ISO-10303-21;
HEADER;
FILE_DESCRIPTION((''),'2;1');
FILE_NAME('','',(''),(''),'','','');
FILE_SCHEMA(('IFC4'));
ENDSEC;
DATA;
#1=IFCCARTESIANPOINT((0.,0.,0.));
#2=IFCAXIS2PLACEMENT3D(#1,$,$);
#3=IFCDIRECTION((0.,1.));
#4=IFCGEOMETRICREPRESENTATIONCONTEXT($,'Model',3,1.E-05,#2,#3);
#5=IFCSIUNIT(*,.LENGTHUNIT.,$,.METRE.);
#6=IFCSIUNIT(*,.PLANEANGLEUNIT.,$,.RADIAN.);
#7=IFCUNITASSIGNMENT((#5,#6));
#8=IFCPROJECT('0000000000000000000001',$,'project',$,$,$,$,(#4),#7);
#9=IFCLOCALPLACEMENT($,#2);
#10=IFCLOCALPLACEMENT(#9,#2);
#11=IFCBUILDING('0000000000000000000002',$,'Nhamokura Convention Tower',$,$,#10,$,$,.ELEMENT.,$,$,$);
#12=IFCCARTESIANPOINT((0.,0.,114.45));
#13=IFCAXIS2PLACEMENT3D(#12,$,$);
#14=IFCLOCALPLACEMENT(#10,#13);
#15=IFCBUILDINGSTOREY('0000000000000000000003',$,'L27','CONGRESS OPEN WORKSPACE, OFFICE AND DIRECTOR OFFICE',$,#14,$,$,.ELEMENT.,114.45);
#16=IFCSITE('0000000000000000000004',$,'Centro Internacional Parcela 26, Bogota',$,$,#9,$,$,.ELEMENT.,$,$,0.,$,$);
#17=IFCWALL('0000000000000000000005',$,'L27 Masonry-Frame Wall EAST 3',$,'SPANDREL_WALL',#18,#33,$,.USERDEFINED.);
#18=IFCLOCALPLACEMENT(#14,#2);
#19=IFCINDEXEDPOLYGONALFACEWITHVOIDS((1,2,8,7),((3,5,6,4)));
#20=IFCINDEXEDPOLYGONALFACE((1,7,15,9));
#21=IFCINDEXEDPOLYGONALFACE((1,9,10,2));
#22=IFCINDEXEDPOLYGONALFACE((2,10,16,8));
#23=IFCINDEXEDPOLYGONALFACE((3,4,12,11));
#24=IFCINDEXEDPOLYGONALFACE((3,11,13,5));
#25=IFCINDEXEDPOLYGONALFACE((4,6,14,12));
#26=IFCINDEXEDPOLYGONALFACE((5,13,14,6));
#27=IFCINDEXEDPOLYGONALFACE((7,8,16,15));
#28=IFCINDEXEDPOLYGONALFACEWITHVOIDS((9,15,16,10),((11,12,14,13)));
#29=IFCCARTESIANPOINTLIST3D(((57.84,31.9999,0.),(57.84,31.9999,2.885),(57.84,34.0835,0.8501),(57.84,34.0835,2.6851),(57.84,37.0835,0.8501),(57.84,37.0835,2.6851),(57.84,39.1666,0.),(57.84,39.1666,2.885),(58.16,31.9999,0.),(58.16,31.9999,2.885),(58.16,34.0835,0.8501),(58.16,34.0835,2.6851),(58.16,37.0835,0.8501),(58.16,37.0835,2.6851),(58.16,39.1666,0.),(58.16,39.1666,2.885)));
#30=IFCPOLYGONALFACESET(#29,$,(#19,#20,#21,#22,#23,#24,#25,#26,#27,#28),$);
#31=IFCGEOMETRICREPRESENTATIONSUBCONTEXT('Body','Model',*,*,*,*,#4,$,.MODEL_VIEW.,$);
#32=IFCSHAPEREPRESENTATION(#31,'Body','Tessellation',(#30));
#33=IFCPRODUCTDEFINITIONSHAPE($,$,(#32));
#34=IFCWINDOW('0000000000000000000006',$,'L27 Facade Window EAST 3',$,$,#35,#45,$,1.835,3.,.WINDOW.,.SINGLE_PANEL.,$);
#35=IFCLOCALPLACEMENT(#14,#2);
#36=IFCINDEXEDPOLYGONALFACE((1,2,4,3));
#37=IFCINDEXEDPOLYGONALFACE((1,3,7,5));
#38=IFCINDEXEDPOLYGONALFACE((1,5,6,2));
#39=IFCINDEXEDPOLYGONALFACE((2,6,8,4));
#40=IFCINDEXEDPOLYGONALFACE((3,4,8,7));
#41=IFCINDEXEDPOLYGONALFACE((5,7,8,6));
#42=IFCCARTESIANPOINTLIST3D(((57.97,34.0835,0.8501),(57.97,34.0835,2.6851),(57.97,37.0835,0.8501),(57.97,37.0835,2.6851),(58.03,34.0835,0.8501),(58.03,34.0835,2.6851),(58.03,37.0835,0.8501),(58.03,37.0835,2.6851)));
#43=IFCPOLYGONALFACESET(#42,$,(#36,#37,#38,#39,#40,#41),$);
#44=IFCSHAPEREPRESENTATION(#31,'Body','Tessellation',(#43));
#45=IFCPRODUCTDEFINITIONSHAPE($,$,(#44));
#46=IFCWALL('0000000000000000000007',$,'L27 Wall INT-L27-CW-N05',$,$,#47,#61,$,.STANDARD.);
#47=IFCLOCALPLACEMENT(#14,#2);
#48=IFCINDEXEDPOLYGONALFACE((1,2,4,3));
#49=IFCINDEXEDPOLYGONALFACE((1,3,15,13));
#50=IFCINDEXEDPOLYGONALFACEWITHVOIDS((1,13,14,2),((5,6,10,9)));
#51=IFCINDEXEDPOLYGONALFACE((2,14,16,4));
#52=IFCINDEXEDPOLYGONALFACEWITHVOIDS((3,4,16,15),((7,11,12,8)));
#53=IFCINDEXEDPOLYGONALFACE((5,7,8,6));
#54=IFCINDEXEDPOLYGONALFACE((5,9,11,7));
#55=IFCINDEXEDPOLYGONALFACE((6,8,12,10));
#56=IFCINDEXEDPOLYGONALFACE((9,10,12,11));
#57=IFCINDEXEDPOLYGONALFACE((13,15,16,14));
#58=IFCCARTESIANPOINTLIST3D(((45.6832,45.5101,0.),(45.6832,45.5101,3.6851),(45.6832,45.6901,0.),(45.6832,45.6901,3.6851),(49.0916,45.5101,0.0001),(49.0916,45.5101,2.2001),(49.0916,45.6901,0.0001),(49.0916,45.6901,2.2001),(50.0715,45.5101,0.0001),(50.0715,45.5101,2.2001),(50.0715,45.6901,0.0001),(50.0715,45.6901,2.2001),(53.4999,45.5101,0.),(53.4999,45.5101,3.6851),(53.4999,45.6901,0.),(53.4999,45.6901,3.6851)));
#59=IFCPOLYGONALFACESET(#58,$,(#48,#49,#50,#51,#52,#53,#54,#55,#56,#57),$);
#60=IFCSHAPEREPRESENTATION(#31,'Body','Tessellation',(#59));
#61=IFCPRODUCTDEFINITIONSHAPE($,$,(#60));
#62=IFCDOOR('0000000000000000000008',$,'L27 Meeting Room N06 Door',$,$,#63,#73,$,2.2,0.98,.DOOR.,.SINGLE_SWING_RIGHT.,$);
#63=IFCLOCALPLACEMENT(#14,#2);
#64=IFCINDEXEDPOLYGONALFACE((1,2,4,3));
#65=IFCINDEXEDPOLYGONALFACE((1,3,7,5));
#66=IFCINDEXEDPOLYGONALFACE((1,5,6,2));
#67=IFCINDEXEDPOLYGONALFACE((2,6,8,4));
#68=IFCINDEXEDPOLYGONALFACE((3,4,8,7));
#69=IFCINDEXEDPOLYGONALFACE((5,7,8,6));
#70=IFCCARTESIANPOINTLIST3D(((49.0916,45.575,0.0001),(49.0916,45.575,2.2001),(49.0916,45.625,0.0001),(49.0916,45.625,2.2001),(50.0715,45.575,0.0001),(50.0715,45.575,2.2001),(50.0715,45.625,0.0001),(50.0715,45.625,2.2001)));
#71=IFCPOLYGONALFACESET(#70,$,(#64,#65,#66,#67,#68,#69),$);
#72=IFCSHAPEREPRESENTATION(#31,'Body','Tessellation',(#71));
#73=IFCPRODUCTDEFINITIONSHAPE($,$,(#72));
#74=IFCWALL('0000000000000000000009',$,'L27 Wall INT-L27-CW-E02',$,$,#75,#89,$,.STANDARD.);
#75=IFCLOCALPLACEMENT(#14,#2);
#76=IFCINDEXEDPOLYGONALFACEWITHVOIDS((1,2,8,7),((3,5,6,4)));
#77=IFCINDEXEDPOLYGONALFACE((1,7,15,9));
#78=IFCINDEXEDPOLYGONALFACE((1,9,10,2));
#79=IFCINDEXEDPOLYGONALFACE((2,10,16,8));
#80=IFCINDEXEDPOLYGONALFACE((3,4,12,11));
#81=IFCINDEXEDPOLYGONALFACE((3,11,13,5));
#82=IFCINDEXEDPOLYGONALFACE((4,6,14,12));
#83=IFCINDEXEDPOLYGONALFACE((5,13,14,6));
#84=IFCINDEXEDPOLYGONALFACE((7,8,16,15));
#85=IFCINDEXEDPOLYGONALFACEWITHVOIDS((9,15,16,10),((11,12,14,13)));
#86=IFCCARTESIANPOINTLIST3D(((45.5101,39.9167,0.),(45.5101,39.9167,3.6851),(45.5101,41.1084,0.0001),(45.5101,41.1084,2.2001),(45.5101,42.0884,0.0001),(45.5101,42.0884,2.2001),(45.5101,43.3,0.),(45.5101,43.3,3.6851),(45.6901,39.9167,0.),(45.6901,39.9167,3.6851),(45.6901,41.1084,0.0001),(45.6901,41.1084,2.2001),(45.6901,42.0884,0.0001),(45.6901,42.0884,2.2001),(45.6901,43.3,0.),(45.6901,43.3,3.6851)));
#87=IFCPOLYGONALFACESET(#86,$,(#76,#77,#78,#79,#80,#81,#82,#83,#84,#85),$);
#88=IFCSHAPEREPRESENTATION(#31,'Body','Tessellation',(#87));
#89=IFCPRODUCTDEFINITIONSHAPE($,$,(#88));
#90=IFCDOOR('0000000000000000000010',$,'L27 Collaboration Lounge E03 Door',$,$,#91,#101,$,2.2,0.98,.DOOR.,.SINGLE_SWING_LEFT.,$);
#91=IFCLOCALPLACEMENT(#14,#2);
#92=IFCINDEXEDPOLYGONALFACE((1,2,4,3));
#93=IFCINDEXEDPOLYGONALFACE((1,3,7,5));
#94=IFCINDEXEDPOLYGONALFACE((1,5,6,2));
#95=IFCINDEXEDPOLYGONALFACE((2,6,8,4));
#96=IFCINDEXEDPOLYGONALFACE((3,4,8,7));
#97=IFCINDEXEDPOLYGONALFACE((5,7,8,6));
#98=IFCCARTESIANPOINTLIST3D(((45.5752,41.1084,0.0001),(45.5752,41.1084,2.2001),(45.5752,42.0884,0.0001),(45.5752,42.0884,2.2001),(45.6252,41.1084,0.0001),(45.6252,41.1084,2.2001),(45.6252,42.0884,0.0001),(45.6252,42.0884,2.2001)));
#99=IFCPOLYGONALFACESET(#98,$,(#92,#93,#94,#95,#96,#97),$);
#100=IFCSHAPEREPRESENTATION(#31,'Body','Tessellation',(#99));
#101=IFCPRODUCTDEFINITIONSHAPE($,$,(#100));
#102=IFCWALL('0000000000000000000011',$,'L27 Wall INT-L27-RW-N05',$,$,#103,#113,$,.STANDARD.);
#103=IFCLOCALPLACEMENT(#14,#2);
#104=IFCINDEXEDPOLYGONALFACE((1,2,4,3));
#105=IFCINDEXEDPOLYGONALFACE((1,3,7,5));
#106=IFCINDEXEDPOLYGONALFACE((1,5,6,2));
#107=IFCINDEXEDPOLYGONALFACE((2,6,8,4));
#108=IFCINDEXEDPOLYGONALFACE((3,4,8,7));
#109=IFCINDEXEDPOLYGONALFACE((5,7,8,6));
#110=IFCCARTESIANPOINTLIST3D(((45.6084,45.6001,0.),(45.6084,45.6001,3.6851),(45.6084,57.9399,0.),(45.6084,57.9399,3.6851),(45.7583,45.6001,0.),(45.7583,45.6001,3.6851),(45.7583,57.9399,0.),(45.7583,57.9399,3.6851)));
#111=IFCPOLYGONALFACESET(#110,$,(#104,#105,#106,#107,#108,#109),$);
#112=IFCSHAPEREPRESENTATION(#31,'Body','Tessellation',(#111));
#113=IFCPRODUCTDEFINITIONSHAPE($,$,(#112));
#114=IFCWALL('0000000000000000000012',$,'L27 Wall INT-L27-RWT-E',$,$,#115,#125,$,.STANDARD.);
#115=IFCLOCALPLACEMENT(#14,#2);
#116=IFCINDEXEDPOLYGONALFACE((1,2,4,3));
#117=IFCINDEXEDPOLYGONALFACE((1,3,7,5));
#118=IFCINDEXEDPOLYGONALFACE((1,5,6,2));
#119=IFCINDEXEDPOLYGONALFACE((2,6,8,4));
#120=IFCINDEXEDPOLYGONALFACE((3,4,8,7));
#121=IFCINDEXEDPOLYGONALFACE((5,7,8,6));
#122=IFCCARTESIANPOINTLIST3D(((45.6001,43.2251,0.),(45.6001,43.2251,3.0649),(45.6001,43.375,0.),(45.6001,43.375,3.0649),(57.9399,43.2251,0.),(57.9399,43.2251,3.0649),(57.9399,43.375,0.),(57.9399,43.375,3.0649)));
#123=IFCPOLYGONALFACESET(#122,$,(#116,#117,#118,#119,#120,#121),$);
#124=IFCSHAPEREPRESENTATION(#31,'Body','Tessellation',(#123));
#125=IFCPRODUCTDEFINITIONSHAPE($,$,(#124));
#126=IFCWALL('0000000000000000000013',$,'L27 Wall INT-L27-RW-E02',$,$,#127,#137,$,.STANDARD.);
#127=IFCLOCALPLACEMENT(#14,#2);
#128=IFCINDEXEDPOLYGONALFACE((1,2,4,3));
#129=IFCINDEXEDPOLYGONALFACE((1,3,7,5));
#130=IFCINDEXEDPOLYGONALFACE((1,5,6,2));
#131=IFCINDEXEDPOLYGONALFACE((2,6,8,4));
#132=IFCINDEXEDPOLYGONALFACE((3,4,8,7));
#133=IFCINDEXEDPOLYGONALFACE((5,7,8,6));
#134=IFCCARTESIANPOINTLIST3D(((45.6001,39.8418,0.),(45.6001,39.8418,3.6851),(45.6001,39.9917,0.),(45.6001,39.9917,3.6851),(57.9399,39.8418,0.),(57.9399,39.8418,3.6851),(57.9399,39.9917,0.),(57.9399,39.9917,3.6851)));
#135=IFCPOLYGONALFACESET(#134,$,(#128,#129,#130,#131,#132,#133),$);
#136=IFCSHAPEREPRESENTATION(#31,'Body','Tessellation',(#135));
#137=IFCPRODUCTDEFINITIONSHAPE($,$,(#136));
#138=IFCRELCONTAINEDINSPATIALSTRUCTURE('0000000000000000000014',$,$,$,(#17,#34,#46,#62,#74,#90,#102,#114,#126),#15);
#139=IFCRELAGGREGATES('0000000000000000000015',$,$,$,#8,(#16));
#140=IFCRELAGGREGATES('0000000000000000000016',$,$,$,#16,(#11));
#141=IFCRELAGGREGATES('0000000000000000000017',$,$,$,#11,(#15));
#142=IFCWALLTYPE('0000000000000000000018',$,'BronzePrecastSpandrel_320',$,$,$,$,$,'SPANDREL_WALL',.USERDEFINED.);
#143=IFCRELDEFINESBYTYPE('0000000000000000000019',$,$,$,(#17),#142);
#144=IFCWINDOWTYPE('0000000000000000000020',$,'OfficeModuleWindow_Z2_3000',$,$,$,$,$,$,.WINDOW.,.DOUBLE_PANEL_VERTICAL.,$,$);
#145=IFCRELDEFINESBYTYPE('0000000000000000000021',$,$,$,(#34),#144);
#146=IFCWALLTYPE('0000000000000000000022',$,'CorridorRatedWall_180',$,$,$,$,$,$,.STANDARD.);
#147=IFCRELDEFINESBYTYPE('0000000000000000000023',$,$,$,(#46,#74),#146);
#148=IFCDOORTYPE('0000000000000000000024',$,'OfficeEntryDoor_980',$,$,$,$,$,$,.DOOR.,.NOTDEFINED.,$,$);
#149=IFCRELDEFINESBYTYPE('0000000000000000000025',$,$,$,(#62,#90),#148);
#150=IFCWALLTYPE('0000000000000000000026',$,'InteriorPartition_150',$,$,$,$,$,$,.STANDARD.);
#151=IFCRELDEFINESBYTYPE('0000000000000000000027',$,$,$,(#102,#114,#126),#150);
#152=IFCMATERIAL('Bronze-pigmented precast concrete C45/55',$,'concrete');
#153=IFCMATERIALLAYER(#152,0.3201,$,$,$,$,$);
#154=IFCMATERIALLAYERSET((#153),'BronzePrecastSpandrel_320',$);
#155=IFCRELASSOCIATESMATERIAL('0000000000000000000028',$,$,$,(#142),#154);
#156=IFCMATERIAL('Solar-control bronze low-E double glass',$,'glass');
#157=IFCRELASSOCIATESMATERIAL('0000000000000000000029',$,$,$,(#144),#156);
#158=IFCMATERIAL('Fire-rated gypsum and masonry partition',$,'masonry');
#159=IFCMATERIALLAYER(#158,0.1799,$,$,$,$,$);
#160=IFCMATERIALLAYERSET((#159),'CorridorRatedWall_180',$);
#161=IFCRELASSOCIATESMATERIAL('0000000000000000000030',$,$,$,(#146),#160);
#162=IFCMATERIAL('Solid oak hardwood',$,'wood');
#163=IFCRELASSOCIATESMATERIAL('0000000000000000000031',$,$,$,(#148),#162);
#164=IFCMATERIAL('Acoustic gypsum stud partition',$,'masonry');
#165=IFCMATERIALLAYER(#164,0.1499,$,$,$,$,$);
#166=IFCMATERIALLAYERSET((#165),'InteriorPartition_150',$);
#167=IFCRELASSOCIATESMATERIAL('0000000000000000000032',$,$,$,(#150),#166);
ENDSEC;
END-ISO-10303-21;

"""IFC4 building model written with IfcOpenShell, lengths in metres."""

from ifc_helpers import new_model, si_unit, direction, frame, frame_2d, origin, place, context, subcontext, project, spatial, rectangle, extrude, material, layer, layer_set, type_object, element, fill, save


model = new_model("IFC4")

# Units and contexts
model_context = context("Model", 3, precision=1e-05, world=origin(), true_north=direction((0.0, 1.0)))
body_context = subcontext(model_context, "Body", "Model", "MODEL_VIEW")
ifc_project = project(units=[si_unit("LENGTHUNIT", "METRE"), si_unit("PLANEANGLEUNIT", "RADIAN")], contexts=[model_context])

# Site, building, storey
site_placement = place(None, origin())
site = spatial("IfcSite", under=ifc_project, at=site_placement, Name="Centro Internacional Parcela 26, Bogota", CompositionType="ELEMENT", RefElevation=0.0)
building_placement = place(site_placement, origin())
building = spatial("IfcBuilding", under=site, at=building_placement, Name="Nhamokura Convention Tower", CompositionType="ELEMENT")
storey_placement = place(building_placement, frame((0.0, 0.0, 114.45)))
storey = spatial("IfcBuildingStorey", under=building, at=storey_placement, Name="L27", Description="CONGRESS OPEN WORKSPACE, OFFICE AND DIRECTOR OFFICE", CompositionType="ELEMENT", Elevation=114.45)

# Wall, opening, window
ifc_material_1 = material(Name="Bronze-pigmented precast concrete C45/55", Category="concrete")
ifc_layer_1 = layer(ifc_material_1, 0.3201)
ifc_layer_set_1 = layer_set([ifc_layer_1], Name="BronzePrecastSpandrel_320")
wall_type_1 = type_object("IfcWallType", Name="BronzePrecastSpandrel_320", ElementType="SPANDREL_WALL", PredefinedType="USERDEFINED", material=ifc_layer_set_1)
ifc_material_2 = material(Name="Solar-control bronze low-E double glass", Category="glass")
window_type = type_object("IfcWindowType", Name="OfficeModuleWindow_Z2_3000", PartitioningType="DOUBLE_PANEL_VERTICAL", PredefinedType="WINDOW", material=ifc_material_2)
wall_1_placement = place(storey_placement, frame((58.0, 39.1667, 0.0), z_axis=(0.0, 0.0, 1.0), x_axis=(0.0, -1.0, 0.0)))
wall_1 = element("IfcWall", 1, at=wall_1_placement, inside=storey, type_object=wall_type_1, Name="L27 Masonry-Frame Wall EAST 3", ObjectType="SPANDREL_WALL", PredefinedType="USERDEFINED", context=body_context, shape_type="SweptSolid", body=[
    extrude(rectangle(XDim=7.1667, YDim=0.3201, at=frame_2d((3.5835, 0.0))), origin(), (0.0, 0.0, 1.0), 2.885),
])
opening_1_placement = place(wall_1_placement, frame((2.0833, 0.0, 0.8501)))
opening_1 = element("IfcOpeningElement", 2, at=opening_1_placement, cuts=wall_1, PredefinedType="OPENING", context=body_context, shape_type="SweptSolid", body=[
    extrude(rectangle(XDim=3.0, YDim=1.835, at=frame_2d((1.5, 0.9175))), frame((0.0, 0.1699, 0.0), z_axis=(0.0, -1.0, 0.0), x_axis=(1.0, 0.0, 0.0)), (0.0, 0.0, 1.0), 0.3401),
])
window_1_placement = place(opening_1_placement, origin())
window_1 = element("IfcWindow", 3, at=window_1_placement, inside=storey, type_object=window_type, Name="L27 Facade Window EAST 3", OverallHeight=1.835, OverallWidth=3.0, PartitioningType="SINGLE_PANEL", PredefinedType="WINDOW", context=body_context, shape_type="SweptSolid", body=[
    extrude(rectangle(XDim=3.0, YDim=1.835, at=frame_2d((1.5, 0.9175))), frame((0.0, 0.03, 0.0), z_axis=(0.0, -1.0, 0.0), x_axis=(1.0, 0.0, 0.0)), (0.0, 0.0, 1.0), 0.0601),
])
fill(opening_1, window_1)

# Walls, openings, doors
ifc_material_3 = material(Name="Fire-rated gypsum and masonry partition", Category="masonry")
ifc_layer_2 = layer(ifc_material_3, 0.1799)
ifc_layer_set_2 = layer_set([ifc_layer_2], Name="CorridorRatedWall_180")
wall_type_2 = type_object("IfcWallType", Name="CorridorRatedWall_180", PredefinedType="STANDARD", material=ifc_layer_set_2)
wall_2_placement = place(storey_placement, frame((45.6833, 45.6001, 0.0), z_axis=(0.0, 0.0, 1.0), x_axis=(1.0, 0.0, 0.0)))
wall_2 = element("IfcWall", 4, at=wall_2_placement, inside=storey, type_object=wall_type_2, Name="L27 Wall INT-L27-CW-N05", PredefinedType="STANDARD", context=body_context, shape_type="SweptSolid", body=[
    extrude(rectangle(XDim=7.8167, YDim=0.1799, at=frame_2d((3.9082, 0.0))), origin(), (0.0, 0.0, 1.0), 3.6851),
])
opening_2_placement = place(wall_2_placement, frame((3.4082, 0.0, 0.0)))
opening_2 = element("IfcOpeningElement", 5, at=opening_2_placement, cuts=wall_2, PredefinedType="OPENING", context=body_context, shape_type="SweptSolid", body=[
    extrude(rectangle(XDim=0.98, YDim=2.2, at=frame_2d((0.49, 1.1001))), frame((0.0, 0.0999, 0.0), z_axis=(0.0, -1.0, 0.0), x_axis=(1.0, 0.0, 0.0)), (0.0, 0.0, 1.0), 0.2),
])
ifc_material_4 = material(Name="Solid oak hardwood", Category="wood")
door_type = type_object("IfcDoorType", Name="OfficeEntryDoor_980", OperationType="NOTDEFINED", PredefinedType="DOOR", material=ifc_material_4)
door_1_placement = place(opening_2_placement, origin())
door_1 = element("IfcDoor", 6, at=door_1_placement, inside=storey, type_object=door_type, Name="L27 Meeting Room N06 Door", OperationType="SINGLE_SWING_RIGHT", OverallHeight=2.2, OverallWidth=0.98, PredefinedType="DOOR", context=body_context, shape_type="SweptSolid", body=[
    extrude(rectangle(XDim=0.98, YDim=2.2, at=frame_2d((0.49, 1.1001))), frame((0.0, 0.0249, 0.0), z_axis=(0.0, -1.0, 0.0), x_axis=(1.0, 0.0, 0.0)), (0.0, 0.0, 1.0), 0.05),
])
fill(opening_2, door_1)
wall_3_placement = place(storey_placement, frame((45.6001, 39.9167, 0.0), z_axis=(0.0, 0.0, 1.0), x_axis=(0.0, 1.0, 0.0)))
wall_3 = element("IfcWall", 7, at=wall_3_placement, inside=storey, type_object=wall_type_2, Name="L27 Wall INT-L27-CW-E02", PredefinedType="STANDARD", context=body_context, shape_type="SweptSolid", body=[
    extrude(rectangle(XDim=3.3833, YDim=0.1799, at=frame_2d((1.6917, 0.0))), origin(), (0.0, 0.0, 1.0), 3.6851),
])
opening_3_placement = place(wall_3_placement, frame((1.1917, 0.0, 0.0)))
opening_3 = element("IfcOpeningElement", 8, at=opening_3_placement, cuts=wall_3, PredefinedType="OPENING", context=body_context, shape_type="SweptSolid", body=[
    extrude(rectangle(XDim=0.98, YDim=2.2, at=frame_2d((0.49, 1.1001))), frame((0.0, 0.0999, 0.0), z_axis=(0.0, -1.0, 0.0), x_axis=(1.0, 0.0, 0.0)), (0.0, 0.0, 1.0), 0.2),
])
door_2_placement = place(opening_3_placement, origin())
door_2 = element("IfcDoor", 9, at=door_2_placement, inside=storey, type_object=door_type, Name="L27 Collaboration Lounge E03 Door", OperationType="SINGLE_SWING_LEFT", OverallHeight=2.2, OverallWidth=0.98, PredefinedType="DOOR", context=body_context, shape_type="SweptSolid", body=[
    extrude(rectangle(XDim=0.98, YDim=2.2, at=frame_2d((0.49, 1.1001))), frame((0.0, 0.0249, 0.0), z_axis=(0.0, -1.0, 0.0), x_axis=(1.0, 0.0, 0.0)), (0.0, 0.0, 1.0), 0.05),
])
fill(opening_3, door_2)

# Walls
ifc_material_5 = material(Name="Acoustic gypsum stud partition", Category="masonry")
ifc_layer_3 = layer(ifc_material_5, 0.1499)
ifc_layer_set_3 = layer_set([ifc_layer_3], Name="InteriorPartition_150")
wall_type_3 = type_object("IfcWallType", Name="InteriorPartition_150", PredefinedType="STANDARD", material=ifc_layer_set_3)
wall_4_placement = place(storey_placement, frame((45.6833, 45.6001, 0.0), z_axis=(0.0, 0.0, 1.0), x_axis=(0.0, 1.0, 0.0)))
element("IfcWall", 10, at=wall_4_placement, inside=storey, type_object=wall_type_3, Name="L27 Wall INT-L27-RW-N05", PredefinedType="STANDARD", context=body_context, shape_type="SweptSolid", body=[
    extrude(rectangle(XDim=12.3398, YDim=0.1499, at=frame_2d((6.1699, 0.0))), origin(), (0.0, 0.0, 1.0), 3.6851),
])
wall_5_placement = place(storey_placement, frame((45.6001, 43.3, 0.0), z_axis=(0.0, 0.0, 1.0), x_axis=(1.0, 0.0, 0.0)))
element("IfcWall", 11, at=wall_5_placement, inside=storey, type_object=wall_type_3, Name="L27 Wall INT-L27-RWT-E", PredefinedType="STANDARD", context=body_context, shape_type="SweptSolid", body=[
    extrude(rectangle(XDim=12.3398, YDim=0.1499, at=frame_2d((6.1699, 0.0))), origin(), (0.0, 0.0, 1.0), 3.0649),
])
wall_6_placement = place(storey_placement, frame((45.6001, 39.9167, 0.0), z_axis=(0.0, 0.0, 1.0), x_axis=(1.0, 0.0, 0.0)))
element("IfcWall", 12, at=wall_6_placement, inside=storey, type_object=wall_type_3, Name="L27 Wall INT-L27-RW-E02", PredefinedType="STANDARD", context=body_context, shape_type="SweptSolid", body=[
    extrude(rectangle(XDim=12.3398, YDim=0.1499, at=frame_2d((6.1699, 0.0))), origin(), (0.0, 0.0, 1.0), 3.6851),
])

save(model, "model.ifc")
